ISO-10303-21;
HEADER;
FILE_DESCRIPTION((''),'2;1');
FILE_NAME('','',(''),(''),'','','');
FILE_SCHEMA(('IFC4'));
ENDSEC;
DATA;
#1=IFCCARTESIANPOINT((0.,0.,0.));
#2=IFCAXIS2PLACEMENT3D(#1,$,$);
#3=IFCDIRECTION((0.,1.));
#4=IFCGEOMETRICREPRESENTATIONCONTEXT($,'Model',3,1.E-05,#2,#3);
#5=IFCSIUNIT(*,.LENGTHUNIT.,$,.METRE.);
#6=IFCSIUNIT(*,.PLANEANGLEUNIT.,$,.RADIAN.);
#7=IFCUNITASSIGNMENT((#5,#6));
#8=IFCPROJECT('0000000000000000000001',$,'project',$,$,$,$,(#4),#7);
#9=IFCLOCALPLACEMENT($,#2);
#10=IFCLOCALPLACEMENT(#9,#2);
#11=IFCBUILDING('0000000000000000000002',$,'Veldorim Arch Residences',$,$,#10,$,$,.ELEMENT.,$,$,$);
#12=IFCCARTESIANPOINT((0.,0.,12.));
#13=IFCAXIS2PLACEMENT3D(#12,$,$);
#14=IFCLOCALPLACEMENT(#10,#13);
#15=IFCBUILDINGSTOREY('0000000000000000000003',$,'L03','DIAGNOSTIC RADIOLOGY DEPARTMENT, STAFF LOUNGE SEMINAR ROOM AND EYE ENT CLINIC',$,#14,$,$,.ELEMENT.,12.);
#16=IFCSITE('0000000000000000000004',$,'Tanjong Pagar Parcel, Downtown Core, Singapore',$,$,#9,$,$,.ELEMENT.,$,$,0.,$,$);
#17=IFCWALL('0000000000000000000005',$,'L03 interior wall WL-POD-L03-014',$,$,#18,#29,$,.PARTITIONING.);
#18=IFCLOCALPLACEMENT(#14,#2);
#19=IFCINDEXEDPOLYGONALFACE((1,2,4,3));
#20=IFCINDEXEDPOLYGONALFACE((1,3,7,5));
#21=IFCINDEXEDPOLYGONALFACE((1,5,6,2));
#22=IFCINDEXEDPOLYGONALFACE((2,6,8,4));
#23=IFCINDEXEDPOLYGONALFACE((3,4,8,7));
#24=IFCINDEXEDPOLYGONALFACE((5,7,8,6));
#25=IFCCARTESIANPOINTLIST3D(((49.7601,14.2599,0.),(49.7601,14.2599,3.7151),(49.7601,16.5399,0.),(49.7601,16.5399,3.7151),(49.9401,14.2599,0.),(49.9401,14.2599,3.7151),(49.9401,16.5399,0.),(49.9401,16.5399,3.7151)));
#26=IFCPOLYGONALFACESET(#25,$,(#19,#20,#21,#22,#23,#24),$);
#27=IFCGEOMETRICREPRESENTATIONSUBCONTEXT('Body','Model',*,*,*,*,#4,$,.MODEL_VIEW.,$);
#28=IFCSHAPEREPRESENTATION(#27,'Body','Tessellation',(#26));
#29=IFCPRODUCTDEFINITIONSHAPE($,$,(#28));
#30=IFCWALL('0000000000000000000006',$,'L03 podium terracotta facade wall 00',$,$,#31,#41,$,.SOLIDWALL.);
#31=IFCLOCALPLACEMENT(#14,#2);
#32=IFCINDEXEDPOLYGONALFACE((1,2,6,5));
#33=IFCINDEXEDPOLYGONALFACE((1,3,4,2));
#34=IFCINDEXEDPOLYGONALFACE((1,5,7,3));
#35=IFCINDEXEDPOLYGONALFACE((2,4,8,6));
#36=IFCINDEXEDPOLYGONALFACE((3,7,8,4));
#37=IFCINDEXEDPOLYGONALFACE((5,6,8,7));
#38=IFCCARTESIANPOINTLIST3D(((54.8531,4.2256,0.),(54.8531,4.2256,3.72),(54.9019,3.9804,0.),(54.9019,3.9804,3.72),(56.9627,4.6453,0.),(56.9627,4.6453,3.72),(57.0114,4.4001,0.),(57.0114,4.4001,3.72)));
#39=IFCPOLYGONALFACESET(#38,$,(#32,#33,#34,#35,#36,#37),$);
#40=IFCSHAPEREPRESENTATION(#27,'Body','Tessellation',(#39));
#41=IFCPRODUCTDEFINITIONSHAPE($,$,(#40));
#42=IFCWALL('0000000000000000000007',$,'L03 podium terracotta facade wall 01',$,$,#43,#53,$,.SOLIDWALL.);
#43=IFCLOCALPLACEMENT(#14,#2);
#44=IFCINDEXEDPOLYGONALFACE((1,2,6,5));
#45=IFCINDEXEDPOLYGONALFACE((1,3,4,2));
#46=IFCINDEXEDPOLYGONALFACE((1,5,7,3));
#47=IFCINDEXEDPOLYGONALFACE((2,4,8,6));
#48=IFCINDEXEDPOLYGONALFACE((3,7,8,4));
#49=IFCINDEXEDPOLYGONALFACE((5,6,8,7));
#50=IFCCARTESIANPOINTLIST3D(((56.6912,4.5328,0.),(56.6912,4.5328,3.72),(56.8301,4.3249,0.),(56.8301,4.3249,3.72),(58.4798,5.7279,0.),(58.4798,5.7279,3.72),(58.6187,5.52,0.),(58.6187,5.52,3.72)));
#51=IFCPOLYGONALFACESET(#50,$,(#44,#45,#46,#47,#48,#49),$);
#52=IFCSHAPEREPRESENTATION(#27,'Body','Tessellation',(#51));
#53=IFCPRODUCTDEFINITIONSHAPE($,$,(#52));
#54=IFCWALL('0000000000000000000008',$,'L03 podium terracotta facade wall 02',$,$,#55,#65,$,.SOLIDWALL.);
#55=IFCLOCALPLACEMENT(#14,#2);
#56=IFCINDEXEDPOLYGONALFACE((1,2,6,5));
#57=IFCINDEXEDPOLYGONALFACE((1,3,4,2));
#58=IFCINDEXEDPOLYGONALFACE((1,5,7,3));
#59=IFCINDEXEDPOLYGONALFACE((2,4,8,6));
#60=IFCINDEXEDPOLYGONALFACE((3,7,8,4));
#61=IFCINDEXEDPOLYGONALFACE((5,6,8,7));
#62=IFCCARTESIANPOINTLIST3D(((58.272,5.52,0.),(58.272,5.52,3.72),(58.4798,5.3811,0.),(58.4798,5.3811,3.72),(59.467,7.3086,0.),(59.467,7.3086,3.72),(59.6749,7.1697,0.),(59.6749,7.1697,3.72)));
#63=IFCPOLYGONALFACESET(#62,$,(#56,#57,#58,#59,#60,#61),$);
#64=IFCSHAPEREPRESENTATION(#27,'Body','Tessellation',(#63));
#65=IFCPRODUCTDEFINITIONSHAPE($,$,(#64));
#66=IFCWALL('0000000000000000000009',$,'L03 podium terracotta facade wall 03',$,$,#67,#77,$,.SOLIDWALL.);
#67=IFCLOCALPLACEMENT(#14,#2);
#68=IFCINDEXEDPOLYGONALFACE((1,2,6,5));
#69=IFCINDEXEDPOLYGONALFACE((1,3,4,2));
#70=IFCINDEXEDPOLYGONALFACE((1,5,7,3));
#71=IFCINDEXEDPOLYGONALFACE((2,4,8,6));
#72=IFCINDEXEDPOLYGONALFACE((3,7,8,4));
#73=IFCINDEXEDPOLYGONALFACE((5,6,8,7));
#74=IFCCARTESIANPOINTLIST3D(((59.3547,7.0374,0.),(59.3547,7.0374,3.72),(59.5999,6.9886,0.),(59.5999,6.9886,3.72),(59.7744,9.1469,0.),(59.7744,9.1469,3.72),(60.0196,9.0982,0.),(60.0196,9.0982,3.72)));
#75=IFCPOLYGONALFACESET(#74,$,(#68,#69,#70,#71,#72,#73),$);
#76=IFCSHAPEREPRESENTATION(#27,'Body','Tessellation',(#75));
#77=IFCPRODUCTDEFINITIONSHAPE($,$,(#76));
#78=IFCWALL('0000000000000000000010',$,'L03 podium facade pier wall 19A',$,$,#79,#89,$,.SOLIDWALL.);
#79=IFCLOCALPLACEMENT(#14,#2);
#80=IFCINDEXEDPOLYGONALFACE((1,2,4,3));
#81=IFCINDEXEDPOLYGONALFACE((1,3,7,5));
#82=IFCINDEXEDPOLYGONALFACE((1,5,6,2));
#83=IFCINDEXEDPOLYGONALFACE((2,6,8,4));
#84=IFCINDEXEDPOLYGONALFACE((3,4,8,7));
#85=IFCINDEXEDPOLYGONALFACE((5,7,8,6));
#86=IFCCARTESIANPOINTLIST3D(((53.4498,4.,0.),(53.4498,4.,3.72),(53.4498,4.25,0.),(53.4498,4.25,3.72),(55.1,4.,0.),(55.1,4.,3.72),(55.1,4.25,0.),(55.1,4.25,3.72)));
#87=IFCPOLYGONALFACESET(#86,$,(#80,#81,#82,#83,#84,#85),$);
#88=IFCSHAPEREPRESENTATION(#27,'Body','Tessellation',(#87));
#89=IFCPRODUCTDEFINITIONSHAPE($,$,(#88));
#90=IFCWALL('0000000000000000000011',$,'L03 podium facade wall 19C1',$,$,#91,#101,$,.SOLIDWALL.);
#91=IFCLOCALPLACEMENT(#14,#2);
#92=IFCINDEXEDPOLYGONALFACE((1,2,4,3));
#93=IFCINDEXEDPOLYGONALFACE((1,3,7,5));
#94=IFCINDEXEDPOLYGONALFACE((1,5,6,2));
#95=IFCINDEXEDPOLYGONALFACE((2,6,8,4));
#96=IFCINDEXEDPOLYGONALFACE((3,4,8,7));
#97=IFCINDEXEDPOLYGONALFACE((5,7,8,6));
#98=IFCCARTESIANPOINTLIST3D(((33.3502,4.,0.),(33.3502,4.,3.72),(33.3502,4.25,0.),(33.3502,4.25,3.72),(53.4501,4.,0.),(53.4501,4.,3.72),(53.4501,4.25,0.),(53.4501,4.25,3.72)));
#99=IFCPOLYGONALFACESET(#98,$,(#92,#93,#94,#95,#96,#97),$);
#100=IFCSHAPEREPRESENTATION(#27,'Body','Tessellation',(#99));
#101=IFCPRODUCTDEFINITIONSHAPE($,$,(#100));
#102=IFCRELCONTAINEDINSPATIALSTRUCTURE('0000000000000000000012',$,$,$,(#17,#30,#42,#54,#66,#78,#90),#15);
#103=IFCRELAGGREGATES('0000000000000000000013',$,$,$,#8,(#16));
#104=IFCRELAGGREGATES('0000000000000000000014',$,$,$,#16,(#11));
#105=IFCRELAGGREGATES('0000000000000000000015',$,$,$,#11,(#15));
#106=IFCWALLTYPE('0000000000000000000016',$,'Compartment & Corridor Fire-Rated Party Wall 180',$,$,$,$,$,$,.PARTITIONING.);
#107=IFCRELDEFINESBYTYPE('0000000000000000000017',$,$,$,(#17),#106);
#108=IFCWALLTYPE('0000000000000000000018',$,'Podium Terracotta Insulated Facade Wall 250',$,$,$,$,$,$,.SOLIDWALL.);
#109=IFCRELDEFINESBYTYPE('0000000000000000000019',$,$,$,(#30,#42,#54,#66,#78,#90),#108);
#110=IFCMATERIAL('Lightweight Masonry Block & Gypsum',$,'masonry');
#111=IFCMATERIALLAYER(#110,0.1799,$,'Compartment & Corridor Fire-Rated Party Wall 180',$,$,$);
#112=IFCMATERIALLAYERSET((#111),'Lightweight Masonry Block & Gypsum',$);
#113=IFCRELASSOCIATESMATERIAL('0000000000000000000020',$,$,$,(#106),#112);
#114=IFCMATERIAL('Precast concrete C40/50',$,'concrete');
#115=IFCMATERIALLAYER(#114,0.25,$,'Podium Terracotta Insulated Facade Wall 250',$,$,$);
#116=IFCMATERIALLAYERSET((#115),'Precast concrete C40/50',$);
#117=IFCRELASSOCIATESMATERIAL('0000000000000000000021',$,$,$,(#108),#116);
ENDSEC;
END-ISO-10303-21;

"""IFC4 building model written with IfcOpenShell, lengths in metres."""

from ifc_helpers import new_model, si_unit, direction, frame, frame_2d, origin, place, context, subcontext, project, spatial, rectangle, extrude, material, layer, layer_set, type_object, element, save


model = new_model("IFC4")

# Units and contexts
model_context = context("Model", 3, precision=1e-05, world=origin(), true_north=direction((0.0, 1.0)))
body_context = subcontext(model_context, "Body", "Model", "MODEL_VIEW")
ifc_project = project(units=[si_unit("LENGTHUNIT", "METRE"), si_unit("PLANEANGLEUNIT", "RADIAN")], contexts=[model_context])

# Site, building, storey
site_placement = place(None, origin())
site = spatial("IfcSite", under=ifc_project, at=site_placement, Name="Tanjong Pagar Parcel, Downtown Core, Singapore", CompositionType="ELEMENT", RefElevation=0.0)
building_placement = place(site_placement, origin())
building = spatial("IfcBuilding", under=site, at=building_placement, Name="Veldorim Arch Residences", CompositionType="ELEMENT")
storey_placement = place(building_placement, frame((0.0, 0.0, 12.0)))
storey = spatial("IfcBuildingStorey", under=building, at=storey_placement, Name="L03", Description="DIAGNOSTIC RADIOLOGY DEPARTMENT, STAFF LOUNGE SEMINAR ROOM AND EYE ENT CLINIC", CompositionType="ELEMENT", Elevation=12.0)

# Shared definitions
ifc_material_1 = material(Name="Lightweight Masonry Block & Gypsum", Category="masonry")
ifc_layer_1 = layer(ifc_material_1, 0.1799, Name="Compartment & Corridor Fire-Rated Party Wall 180")
ifc_layer_set_1 = layer_set([ifc_layer_1], Name="Lightweight Masonry Block & Gypsum")
wall_type_1 = type_object("IfcWallType", Name="Compartment & Corridor Fire-Rated Party Wall 180", PredefinedType="PARTITIONING", material=ifc_layer_set_1)

# Walls
wall_1_placement = place(storey_placement, frame((49.8501, 16.54, 0.0), z_axis=(0.0, 0.0, 1.0), x_axis=(0.0, -1.0, 0.0)))
element("IfcWall", 1, at=wall_1_placement, inside=storey, type_object=wall_type_1, Name="L03 interior wall WL-POD-L03-014", PredefinedType="PARTITIONING", context=body_context, shape_type="SweptSolid", body=[
    extrude(rectangle(XDim=2.28, YDim=0.1799, at=frame_2d((1.1401, 0.0))), origin(), (0.0, 0.0, 1.0), 3.7151),
])
ifc_material_2 = material(Name="Precast concrete C40/50", Category="concrete")
ifc_layer_2 = layer(ifc_material_2, 0.25, Name="Podium Terracotta Insulated Facade Wall 250")
ifc_layer_set_2 = layer_set([ifc_layer_2], Name="Precast concrete C40/50")
wall_type_2 = type_object("IfcWallType", Name="Podium Terracotta Insulated Facade Wall 250", PredefinedType="SOLIDWALL", material=ifc_layer_set_2)
wall_2_placement = place(storey_placement, frame((56.9871, 4.5227, 0.0), z_axis=(0.0, 0.0, 1.0), x_axis=(-0.980781, -0.195112, 0.0)))
element("IfcWall", 2, at=wall_2_placement, inside=storey, type_object=wall_type_2, Name="L03 podium terracotta facade wall 00", PredefinedType="SOLIDWALL", context=body_context, shape_type="SweptSolid", body=[
    extrude(rectangle(XDim=2.1509, YDim=0.25, at=frame_2d((1.0754, 0.0))), origin(), (0.0, 0.0, 1.0), 3.72),
])
for number, where, z_axis, x_axis, name in (
    (3, (58.5493, 5.624, 0.0), (0.0, 0.0, 1.0), (-0.831474, -0.555564, 0.0), "L03 podium terracotta facade wall 01"),
    (4, (59.571, 7.2393, 0.0), (0.0, 0.0, 1.0), (-0.555564, -0.831474, 0.0), "L03 podium terracotta facade wall 02"),
):
    element("IfcWall", number, at=place(storey_placement, frame(where, z_axis=z_axis, x_axis=x_axis)), inside=storey, type_object=wall_type_2, Name=name, PredefinedType="SOLIDWALL", context=body_context, shape_type="SweptSolid", body=[
        extrude(rectangle(XDim=2.1511, YDim=0.25, at=frame_2d((1.0757, 0.0))), origin(), (0.0, 0.0, 1.0), 3.72),
    ])
wall_3_placement = place(storey_placement, frame((59.897, 9.1226, 0.0), z_axis=(0.0, 0.0, 1.0), x_axis=(-0.195112, -0.980781, 0.0)))
element("IfcWall", 5, at=wall_3_placement, inside=storey, type_object=wall_type_2, Name="L03 podium terracotta facade wall 03", PredefinedType="SOLIDWALL", context=body_context, shape_type="SweptSolid", body=[
    extrude(rectangle(XDim=2.1509, YDim=0.25, at=frame_2d((1.0754, 0.0))), origin(), (0.0, 0.0, 1.0), 3.72),
])
wall_4_placement = place(storey_placement, frame((55.1001, 4.125, 0.0), z_axis=(0.0, 0.0, 1.0), x_axis=(-1.0, 0.0, 0.0)))
element("IfcWall", 6, at=wall_4_placement, inside=storey, type_object=wall_type_2, Name="L03 podium facade pier wall 19A", PredefinedType="SOLIDWALL", context=body_context, shape_type="SweptSolid", body=[
    extrude(rectangle(XDim=1.6501, YDim=0.25, at=frame_2d((0.8252, 0.0))), origin(), (0.0, 0.0, 1.0), 3.72),
])
wall_5_placement = place(storey_placement, frame((53.45, 4.125, 0.0), z_axis=(0.0, 0.0, 1.0), x_axis=(-1.0, 0.0, 0.0)))
element("IfcWall", 7, at=wall_5_placement, inside=storey, type_object=wall_type_2, Name="L03 podium facade wall 19C1", PredefinedType="SOLIDWALL", context=body_context, shape_type="SweptSolid", body=[
    extrude(rectangle(XDim=20.0999, YDim=0.25, at=frame_2d((10.0498, 0.0))), origin(), (0.0, 0.0, 1.0), 3.72),
])

save(model, "model.ifc")
